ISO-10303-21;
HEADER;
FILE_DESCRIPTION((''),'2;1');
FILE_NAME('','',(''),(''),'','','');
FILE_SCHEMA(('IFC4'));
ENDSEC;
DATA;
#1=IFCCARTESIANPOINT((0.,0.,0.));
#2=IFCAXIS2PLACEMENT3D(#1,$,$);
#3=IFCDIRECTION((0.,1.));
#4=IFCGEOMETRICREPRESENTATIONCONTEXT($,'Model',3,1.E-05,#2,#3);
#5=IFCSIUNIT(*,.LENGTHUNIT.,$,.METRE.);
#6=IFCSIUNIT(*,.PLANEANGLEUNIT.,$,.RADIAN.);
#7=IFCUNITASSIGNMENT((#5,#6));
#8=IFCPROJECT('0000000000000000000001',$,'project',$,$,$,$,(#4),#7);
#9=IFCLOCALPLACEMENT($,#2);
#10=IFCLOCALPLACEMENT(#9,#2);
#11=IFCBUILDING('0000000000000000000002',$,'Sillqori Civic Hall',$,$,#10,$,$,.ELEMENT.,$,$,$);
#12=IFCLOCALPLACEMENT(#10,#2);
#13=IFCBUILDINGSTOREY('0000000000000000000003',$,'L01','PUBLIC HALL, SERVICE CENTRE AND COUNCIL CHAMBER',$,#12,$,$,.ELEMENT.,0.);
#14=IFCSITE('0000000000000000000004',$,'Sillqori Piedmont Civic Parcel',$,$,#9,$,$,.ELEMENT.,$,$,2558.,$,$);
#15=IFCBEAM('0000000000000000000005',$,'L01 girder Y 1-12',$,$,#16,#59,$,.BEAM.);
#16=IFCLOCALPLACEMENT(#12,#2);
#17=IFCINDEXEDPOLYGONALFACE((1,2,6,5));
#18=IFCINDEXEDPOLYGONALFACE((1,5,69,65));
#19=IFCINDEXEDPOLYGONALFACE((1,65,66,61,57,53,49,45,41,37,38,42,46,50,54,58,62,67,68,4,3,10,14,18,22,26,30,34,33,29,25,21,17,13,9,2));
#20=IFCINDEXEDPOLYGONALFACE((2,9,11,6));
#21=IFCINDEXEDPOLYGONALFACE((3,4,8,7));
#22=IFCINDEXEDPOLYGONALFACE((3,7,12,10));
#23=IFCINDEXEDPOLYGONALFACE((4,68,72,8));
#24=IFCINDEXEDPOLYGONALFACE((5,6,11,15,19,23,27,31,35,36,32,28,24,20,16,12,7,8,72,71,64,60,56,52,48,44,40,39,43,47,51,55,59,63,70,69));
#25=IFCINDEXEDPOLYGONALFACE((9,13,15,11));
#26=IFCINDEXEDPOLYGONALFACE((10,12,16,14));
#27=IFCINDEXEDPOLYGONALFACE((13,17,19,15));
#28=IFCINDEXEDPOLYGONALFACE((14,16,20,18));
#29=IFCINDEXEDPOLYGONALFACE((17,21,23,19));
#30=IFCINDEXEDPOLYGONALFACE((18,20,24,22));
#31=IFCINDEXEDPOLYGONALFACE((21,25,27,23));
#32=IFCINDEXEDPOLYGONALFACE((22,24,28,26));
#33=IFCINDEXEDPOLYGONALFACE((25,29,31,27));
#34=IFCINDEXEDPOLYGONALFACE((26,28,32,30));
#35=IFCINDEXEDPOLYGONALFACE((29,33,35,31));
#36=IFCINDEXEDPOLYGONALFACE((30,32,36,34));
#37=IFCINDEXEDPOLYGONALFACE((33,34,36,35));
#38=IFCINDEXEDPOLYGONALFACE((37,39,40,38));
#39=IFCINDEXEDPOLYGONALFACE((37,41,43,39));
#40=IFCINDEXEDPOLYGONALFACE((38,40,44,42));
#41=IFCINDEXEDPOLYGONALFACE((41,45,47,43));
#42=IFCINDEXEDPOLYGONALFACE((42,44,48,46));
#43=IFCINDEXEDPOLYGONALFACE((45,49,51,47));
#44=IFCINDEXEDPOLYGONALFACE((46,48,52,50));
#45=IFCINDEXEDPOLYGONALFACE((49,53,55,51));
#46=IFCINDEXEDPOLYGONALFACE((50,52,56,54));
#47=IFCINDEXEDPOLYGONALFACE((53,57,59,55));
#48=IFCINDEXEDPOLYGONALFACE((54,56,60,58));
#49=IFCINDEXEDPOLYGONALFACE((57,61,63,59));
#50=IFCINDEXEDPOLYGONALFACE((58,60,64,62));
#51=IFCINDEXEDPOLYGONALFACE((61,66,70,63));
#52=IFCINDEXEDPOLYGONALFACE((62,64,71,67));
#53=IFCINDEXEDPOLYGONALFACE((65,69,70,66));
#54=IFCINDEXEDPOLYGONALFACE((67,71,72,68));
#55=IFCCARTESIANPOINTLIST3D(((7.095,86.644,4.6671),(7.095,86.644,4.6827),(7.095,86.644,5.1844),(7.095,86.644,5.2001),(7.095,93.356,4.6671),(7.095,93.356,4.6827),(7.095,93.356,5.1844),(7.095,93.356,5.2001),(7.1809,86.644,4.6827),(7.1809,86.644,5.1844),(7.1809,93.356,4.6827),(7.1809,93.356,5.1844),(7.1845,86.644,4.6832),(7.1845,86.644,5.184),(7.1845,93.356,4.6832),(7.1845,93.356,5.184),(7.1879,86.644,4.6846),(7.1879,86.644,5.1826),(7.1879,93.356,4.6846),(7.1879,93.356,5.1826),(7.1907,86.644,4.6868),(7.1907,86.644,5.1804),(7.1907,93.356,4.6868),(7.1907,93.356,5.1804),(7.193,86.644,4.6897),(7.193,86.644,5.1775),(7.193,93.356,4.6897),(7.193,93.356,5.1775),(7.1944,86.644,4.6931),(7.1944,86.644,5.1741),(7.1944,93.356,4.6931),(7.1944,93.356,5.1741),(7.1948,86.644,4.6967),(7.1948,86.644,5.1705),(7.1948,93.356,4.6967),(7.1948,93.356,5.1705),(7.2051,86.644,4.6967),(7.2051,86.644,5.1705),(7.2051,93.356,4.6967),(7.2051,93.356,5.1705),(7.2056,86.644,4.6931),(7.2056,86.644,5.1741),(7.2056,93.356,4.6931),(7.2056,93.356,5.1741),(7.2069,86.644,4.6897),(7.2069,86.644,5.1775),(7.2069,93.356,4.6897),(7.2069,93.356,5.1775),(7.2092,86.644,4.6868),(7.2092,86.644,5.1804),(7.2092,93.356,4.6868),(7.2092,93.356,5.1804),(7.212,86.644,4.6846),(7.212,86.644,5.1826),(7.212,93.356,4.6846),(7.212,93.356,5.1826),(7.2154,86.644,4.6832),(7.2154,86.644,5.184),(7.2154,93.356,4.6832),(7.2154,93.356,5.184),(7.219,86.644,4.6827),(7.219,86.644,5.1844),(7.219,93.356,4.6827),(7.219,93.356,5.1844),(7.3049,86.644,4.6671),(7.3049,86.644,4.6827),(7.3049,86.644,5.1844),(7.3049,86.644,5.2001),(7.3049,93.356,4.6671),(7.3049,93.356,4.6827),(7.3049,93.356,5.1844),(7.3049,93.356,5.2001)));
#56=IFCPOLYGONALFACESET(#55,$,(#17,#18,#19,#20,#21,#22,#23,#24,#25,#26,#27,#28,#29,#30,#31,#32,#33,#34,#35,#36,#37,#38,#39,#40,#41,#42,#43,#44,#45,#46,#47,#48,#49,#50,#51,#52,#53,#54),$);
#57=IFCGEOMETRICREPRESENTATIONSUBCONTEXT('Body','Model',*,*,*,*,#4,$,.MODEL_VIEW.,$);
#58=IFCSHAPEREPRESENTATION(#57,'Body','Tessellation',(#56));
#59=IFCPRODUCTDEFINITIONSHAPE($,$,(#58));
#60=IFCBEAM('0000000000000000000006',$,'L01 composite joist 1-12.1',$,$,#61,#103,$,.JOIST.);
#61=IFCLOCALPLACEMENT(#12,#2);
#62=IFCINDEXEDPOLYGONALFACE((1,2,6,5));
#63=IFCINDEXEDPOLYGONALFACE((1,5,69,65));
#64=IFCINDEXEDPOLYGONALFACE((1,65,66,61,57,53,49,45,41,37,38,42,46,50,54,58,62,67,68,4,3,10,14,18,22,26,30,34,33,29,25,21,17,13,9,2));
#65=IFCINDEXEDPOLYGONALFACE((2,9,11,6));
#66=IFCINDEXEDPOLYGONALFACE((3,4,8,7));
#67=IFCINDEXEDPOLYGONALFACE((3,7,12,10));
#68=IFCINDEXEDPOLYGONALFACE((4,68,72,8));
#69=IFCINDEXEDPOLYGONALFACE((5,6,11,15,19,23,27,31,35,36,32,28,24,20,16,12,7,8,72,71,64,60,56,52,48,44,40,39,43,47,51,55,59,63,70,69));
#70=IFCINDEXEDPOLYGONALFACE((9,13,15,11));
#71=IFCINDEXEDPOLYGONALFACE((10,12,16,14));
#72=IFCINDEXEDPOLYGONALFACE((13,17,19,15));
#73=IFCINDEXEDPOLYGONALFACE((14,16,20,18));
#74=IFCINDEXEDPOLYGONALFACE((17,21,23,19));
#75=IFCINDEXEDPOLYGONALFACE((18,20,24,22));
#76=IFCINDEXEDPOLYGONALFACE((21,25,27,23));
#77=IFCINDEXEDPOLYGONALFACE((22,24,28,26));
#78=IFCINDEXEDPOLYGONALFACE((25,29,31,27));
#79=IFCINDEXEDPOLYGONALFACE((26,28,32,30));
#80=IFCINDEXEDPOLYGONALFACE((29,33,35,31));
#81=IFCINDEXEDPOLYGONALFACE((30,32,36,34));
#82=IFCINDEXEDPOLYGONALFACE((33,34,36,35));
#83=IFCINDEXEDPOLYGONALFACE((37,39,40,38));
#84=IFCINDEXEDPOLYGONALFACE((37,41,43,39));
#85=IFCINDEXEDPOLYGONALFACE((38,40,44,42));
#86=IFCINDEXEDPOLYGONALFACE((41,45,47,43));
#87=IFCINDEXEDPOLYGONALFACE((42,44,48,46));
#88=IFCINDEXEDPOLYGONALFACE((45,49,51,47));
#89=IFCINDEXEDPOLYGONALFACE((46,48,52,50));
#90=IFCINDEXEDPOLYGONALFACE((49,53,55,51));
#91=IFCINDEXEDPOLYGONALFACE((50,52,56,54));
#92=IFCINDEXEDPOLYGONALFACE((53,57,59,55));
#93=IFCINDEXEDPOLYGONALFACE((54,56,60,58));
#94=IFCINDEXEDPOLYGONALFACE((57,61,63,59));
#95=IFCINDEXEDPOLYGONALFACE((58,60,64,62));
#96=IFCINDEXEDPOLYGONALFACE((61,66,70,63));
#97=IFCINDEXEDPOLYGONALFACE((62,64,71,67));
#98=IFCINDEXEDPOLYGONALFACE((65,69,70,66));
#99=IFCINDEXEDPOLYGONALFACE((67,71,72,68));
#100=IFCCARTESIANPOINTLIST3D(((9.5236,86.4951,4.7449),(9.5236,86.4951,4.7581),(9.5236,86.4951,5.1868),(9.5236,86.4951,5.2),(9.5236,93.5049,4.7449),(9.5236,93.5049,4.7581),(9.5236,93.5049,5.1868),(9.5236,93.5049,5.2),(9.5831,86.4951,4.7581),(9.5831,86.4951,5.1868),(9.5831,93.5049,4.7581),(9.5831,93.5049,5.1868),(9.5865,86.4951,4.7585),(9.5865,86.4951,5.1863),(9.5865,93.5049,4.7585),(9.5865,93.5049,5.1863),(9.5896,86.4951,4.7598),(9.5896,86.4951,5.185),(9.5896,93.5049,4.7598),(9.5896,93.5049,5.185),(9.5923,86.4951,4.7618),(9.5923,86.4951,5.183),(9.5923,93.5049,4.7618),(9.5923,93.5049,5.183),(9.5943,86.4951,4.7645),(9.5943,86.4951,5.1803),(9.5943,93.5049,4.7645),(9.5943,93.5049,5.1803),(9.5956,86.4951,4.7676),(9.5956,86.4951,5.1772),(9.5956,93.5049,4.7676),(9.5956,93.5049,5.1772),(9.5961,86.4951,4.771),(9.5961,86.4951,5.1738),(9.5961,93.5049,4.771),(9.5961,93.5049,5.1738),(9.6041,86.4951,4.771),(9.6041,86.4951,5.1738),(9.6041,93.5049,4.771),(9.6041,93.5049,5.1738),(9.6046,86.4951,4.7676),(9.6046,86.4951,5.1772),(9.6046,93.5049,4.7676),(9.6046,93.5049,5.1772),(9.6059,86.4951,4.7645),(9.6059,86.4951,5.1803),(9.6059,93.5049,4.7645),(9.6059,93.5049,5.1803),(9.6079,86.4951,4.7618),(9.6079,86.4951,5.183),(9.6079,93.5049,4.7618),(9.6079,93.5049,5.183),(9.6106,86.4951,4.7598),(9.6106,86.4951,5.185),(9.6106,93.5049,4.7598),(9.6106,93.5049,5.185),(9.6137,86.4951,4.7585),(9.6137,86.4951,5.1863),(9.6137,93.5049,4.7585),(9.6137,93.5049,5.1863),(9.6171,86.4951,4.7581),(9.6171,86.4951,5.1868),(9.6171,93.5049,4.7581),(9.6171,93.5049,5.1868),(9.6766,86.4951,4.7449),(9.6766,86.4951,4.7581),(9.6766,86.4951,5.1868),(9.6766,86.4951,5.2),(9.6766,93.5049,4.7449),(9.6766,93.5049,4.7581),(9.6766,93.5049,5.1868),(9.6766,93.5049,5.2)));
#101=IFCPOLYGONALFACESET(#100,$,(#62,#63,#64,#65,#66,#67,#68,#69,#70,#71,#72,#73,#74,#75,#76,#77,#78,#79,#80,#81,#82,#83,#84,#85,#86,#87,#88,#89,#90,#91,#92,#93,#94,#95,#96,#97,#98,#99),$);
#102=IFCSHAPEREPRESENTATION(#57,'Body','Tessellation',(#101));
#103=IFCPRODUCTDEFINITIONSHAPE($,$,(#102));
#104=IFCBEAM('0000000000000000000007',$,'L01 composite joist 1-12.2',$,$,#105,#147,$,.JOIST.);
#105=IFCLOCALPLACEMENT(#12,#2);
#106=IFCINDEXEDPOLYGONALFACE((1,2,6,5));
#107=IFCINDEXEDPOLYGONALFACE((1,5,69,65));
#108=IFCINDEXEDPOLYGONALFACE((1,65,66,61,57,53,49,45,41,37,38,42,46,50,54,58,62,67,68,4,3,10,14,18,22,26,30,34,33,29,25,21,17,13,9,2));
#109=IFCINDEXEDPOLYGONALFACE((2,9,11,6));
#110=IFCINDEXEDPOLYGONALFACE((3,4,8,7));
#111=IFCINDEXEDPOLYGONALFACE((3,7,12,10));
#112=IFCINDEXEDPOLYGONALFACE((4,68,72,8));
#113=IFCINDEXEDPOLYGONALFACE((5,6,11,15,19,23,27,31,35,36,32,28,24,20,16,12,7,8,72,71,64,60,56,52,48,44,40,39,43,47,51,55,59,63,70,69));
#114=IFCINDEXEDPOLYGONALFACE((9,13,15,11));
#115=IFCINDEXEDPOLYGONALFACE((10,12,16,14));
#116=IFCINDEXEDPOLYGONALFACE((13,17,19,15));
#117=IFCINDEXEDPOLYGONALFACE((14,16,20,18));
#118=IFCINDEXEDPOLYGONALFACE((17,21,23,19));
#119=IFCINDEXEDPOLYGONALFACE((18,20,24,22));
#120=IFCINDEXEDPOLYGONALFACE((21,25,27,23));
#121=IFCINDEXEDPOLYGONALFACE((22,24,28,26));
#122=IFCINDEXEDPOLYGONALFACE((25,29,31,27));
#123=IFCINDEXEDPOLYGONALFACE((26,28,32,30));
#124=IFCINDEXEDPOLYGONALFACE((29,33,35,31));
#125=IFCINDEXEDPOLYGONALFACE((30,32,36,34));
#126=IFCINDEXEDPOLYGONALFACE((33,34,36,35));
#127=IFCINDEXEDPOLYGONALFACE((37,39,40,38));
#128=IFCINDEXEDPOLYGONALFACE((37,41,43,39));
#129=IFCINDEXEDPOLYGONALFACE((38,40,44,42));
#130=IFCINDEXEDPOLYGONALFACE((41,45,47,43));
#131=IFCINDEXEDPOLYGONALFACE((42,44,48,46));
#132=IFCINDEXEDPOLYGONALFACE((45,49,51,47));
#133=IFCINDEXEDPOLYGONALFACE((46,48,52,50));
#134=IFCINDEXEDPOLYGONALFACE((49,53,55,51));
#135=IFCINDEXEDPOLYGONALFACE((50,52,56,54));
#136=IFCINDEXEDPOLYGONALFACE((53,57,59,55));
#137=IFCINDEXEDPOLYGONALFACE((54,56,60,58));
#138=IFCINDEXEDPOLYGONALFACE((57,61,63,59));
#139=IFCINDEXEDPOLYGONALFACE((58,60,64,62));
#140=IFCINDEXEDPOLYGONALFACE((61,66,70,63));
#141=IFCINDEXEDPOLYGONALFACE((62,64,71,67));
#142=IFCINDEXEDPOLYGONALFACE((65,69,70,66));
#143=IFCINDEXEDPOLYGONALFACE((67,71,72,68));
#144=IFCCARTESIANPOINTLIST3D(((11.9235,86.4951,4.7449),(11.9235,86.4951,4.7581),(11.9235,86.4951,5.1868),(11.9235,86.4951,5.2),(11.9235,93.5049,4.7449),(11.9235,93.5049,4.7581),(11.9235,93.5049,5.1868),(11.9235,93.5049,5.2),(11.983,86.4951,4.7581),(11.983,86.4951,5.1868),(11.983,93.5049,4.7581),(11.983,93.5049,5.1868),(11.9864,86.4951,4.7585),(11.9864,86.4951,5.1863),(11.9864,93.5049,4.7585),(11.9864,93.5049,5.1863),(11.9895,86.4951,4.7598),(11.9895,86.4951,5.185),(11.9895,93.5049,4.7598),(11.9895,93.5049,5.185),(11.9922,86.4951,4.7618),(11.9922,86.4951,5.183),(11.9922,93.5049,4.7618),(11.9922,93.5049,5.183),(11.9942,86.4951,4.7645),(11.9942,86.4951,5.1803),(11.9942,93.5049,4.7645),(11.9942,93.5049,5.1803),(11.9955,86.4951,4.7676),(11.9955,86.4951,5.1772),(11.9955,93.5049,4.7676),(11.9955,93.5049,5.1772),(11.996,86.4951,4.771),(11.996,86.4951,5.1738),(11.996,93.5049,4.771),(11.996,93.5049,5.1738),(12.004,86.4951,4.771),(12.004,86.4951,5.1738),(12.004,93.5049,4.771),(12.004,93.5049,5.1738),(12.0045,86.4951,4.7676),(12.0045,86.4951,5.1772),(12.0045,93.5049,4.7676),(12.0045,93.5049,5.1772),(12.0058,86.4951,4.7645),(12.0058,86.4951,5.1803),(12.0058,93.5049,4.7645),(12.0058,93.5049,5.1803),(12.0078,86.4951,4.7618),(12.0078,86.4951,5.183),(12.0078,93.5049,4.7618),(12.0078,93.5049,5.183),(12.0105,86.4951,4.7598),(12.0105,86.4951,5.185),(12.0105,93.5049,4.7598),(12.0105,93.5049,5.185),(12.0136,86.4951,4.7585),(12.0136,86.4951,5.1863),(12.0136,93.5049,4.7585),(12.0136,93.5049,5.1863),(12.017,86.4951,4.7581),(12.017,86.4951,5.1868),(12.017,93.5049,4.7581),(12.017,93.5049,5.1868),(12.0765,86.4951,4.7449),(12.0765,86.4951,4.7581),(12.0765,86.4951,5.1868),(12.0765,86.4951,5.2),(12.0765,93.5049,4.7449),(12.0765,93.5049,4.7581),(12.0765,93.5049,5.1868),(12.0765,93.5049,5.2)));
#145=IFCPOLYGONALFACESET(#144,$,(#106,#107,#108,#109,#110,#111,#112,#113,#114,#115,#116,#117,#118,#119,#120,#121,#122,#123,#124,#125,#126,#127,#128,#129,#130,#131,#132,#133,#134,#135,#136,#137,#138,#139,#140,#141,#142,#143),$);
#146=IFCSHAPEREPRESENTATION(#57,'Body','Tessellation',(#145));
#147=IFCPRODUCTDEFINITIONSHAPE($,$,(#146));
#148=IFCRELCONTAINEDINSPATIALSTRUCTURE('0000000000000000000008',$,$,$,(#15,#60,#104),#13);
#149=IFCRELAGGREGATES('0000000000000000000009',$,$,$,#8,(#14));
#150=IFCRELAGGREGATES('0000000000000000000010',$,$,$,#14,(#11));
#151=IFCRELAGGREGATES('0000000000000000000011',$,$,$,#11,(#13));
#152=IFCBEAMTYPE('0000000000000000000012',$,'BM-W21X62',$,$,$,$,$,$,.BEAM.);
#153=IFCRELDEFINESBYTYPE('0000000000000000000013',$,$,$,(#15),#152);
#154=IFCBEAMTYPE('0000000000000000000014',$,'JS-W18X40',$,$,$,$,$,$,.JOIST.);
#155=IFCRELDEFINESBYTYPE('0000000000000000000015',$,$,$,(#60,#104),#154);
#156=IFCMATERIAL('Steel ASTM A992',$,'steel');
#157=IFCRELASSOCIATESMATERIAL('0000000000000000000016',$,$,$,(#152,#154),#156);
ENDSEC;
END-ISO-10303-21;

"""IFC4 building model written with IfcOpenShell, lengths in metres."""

from ifc_helpers import new_model, si_unit, direction, frame, origin, origin_2d, place, context, subcontext, project, spatial, i_section, extrude, material, material_profile, profile_set, type_object, element, save


model = new_model("IFC4")

# Units and contexts
model_context = context("Model", 3, precision=1e-05, world=origin(), true_north=direction((0.0, 1.0)))
body_context = subcontext(model_context, "Body", "Model", "MODEL_VIEW")
ifc_project = project(units=[si_unit("LENGTHUNIT", "METRE"), si_unit("PLANEANGLEUNIT", "RADIAN")], contexts=[model_context])

# Site, building, storey
site_placement = place(None, origin())
site = spatial("IfcSite", under=ifc_project, at=site_placement, Name="Sillqori Piedmont Civic Parcel", CompositionType="ELEMENT", RefElevation=2558.0)
building_placement = place(site_placement, origin())
building = spatial("IfcBuilding", under=site, at=building_placement, Name="Sillqori Civic Hall", CompositionType="ELEMENT")
storey_placement = place(building_placement, origin())
storey = spatial("IfcBuildingStorey", under=building, at=storey_placement, Name="L01", Description="PUBLIC HALL, SERVICE CENTRE AND COUNCIL CHAMBER", CompositionType="ELEMENT", Elevation=0.0)

# Beams
ifc_material_1 = material(Name="Steel ASTM A992", Category="steel")
ifc_material_profile_1 = material_profile(ifc_material_1, i_section(OverallWidth=0.21, OverallDepth=0.533, WebThickness=0.0103, FlangeThickness=0.0156, FilletRadius=0.0139, at=origin_2d()), Name="W21X62")
ifc_profile_set_1 = profile_set([ifc_material_profile_1], Name="Steel ASTM A992")
beam_type_1 = type_object("IfcBeamType", Name="BM-W21X62", PredefinedType="BEAM", material=ifc_profile_set_1)
beam_placement = place(storey_placement, frame((7.2, 86.644, 4.9336), z_axis=(0.0, 1.0, 0.0), x_axis=(-1.0, 0.0, 0.0)))
element("IfcBeam", 1, at=beam_placement, inside=storey, type_object=beam_type_1, Name="L01 girder Y 1-12", PredefinedType="BEAM", context=body_context, shape_type="SweptSolid", body=[
    extrude(i_section(OverallWidth=0.21, OverallDepth=0.533, WebThickness=0.0103, FlangeThickness=0.0156, FilletRadius=0.0139, at=origin_2d()), origin(), (0.0, 0.0, 1.0), 6.7119),
])
ifc_material_profile_2 = material_profile(ifc_material_1, i_section(OverallWidth=0.1531, OverallDepth=0.4551, WebThickness=0.0081, FlangeThickness=0.0132, FilletRadius=0.0129, at=origin_2d()), Name="W18X40")
ifc_profile_set_2 = profile_set([ifc_material_profile_2], Name="Steel ASTM A992")
beam_type_2 = type_object("IfcBeamType", Name="JS-W18X40", PredefinedType="JOIST", material=ifc_profile_set_2)
for number, where, z_axis, x_axis, name in (
    (2, (9.6001, 86.4951, 4.9724), (0.0, 1.0, 0.0), (-1.0, 0.0, 0.0), "L01 composite joist 1-12.1"),
    (3, (12.0, 86.4951, 4.9724), (0.0, 1.0, 0.0), (-1.0, 0.0, 0.0), "L01 composite joist 1-12.2"),
):
    element("IfcBeam", number, at=place(storey_placement, frame(where, z_axis=z_axis, x_axis=x_axis)), inside=storey, type_object=beam_type_2, Name=name, PredefinedType="JOIST", context=body_context, shape_type="SweptSolid", body=[
        extrude(i_section(OverallWidth=0.1531, OverallDepth=0.4551, WebThickness=0.0081, FlangeThickness=0.0132, FilletRadius=0.0129, at=origin_2d()), origin(), (0.0, 0.0, 1.0), 7.0098),
    ])

save(model, "model.ifc")
